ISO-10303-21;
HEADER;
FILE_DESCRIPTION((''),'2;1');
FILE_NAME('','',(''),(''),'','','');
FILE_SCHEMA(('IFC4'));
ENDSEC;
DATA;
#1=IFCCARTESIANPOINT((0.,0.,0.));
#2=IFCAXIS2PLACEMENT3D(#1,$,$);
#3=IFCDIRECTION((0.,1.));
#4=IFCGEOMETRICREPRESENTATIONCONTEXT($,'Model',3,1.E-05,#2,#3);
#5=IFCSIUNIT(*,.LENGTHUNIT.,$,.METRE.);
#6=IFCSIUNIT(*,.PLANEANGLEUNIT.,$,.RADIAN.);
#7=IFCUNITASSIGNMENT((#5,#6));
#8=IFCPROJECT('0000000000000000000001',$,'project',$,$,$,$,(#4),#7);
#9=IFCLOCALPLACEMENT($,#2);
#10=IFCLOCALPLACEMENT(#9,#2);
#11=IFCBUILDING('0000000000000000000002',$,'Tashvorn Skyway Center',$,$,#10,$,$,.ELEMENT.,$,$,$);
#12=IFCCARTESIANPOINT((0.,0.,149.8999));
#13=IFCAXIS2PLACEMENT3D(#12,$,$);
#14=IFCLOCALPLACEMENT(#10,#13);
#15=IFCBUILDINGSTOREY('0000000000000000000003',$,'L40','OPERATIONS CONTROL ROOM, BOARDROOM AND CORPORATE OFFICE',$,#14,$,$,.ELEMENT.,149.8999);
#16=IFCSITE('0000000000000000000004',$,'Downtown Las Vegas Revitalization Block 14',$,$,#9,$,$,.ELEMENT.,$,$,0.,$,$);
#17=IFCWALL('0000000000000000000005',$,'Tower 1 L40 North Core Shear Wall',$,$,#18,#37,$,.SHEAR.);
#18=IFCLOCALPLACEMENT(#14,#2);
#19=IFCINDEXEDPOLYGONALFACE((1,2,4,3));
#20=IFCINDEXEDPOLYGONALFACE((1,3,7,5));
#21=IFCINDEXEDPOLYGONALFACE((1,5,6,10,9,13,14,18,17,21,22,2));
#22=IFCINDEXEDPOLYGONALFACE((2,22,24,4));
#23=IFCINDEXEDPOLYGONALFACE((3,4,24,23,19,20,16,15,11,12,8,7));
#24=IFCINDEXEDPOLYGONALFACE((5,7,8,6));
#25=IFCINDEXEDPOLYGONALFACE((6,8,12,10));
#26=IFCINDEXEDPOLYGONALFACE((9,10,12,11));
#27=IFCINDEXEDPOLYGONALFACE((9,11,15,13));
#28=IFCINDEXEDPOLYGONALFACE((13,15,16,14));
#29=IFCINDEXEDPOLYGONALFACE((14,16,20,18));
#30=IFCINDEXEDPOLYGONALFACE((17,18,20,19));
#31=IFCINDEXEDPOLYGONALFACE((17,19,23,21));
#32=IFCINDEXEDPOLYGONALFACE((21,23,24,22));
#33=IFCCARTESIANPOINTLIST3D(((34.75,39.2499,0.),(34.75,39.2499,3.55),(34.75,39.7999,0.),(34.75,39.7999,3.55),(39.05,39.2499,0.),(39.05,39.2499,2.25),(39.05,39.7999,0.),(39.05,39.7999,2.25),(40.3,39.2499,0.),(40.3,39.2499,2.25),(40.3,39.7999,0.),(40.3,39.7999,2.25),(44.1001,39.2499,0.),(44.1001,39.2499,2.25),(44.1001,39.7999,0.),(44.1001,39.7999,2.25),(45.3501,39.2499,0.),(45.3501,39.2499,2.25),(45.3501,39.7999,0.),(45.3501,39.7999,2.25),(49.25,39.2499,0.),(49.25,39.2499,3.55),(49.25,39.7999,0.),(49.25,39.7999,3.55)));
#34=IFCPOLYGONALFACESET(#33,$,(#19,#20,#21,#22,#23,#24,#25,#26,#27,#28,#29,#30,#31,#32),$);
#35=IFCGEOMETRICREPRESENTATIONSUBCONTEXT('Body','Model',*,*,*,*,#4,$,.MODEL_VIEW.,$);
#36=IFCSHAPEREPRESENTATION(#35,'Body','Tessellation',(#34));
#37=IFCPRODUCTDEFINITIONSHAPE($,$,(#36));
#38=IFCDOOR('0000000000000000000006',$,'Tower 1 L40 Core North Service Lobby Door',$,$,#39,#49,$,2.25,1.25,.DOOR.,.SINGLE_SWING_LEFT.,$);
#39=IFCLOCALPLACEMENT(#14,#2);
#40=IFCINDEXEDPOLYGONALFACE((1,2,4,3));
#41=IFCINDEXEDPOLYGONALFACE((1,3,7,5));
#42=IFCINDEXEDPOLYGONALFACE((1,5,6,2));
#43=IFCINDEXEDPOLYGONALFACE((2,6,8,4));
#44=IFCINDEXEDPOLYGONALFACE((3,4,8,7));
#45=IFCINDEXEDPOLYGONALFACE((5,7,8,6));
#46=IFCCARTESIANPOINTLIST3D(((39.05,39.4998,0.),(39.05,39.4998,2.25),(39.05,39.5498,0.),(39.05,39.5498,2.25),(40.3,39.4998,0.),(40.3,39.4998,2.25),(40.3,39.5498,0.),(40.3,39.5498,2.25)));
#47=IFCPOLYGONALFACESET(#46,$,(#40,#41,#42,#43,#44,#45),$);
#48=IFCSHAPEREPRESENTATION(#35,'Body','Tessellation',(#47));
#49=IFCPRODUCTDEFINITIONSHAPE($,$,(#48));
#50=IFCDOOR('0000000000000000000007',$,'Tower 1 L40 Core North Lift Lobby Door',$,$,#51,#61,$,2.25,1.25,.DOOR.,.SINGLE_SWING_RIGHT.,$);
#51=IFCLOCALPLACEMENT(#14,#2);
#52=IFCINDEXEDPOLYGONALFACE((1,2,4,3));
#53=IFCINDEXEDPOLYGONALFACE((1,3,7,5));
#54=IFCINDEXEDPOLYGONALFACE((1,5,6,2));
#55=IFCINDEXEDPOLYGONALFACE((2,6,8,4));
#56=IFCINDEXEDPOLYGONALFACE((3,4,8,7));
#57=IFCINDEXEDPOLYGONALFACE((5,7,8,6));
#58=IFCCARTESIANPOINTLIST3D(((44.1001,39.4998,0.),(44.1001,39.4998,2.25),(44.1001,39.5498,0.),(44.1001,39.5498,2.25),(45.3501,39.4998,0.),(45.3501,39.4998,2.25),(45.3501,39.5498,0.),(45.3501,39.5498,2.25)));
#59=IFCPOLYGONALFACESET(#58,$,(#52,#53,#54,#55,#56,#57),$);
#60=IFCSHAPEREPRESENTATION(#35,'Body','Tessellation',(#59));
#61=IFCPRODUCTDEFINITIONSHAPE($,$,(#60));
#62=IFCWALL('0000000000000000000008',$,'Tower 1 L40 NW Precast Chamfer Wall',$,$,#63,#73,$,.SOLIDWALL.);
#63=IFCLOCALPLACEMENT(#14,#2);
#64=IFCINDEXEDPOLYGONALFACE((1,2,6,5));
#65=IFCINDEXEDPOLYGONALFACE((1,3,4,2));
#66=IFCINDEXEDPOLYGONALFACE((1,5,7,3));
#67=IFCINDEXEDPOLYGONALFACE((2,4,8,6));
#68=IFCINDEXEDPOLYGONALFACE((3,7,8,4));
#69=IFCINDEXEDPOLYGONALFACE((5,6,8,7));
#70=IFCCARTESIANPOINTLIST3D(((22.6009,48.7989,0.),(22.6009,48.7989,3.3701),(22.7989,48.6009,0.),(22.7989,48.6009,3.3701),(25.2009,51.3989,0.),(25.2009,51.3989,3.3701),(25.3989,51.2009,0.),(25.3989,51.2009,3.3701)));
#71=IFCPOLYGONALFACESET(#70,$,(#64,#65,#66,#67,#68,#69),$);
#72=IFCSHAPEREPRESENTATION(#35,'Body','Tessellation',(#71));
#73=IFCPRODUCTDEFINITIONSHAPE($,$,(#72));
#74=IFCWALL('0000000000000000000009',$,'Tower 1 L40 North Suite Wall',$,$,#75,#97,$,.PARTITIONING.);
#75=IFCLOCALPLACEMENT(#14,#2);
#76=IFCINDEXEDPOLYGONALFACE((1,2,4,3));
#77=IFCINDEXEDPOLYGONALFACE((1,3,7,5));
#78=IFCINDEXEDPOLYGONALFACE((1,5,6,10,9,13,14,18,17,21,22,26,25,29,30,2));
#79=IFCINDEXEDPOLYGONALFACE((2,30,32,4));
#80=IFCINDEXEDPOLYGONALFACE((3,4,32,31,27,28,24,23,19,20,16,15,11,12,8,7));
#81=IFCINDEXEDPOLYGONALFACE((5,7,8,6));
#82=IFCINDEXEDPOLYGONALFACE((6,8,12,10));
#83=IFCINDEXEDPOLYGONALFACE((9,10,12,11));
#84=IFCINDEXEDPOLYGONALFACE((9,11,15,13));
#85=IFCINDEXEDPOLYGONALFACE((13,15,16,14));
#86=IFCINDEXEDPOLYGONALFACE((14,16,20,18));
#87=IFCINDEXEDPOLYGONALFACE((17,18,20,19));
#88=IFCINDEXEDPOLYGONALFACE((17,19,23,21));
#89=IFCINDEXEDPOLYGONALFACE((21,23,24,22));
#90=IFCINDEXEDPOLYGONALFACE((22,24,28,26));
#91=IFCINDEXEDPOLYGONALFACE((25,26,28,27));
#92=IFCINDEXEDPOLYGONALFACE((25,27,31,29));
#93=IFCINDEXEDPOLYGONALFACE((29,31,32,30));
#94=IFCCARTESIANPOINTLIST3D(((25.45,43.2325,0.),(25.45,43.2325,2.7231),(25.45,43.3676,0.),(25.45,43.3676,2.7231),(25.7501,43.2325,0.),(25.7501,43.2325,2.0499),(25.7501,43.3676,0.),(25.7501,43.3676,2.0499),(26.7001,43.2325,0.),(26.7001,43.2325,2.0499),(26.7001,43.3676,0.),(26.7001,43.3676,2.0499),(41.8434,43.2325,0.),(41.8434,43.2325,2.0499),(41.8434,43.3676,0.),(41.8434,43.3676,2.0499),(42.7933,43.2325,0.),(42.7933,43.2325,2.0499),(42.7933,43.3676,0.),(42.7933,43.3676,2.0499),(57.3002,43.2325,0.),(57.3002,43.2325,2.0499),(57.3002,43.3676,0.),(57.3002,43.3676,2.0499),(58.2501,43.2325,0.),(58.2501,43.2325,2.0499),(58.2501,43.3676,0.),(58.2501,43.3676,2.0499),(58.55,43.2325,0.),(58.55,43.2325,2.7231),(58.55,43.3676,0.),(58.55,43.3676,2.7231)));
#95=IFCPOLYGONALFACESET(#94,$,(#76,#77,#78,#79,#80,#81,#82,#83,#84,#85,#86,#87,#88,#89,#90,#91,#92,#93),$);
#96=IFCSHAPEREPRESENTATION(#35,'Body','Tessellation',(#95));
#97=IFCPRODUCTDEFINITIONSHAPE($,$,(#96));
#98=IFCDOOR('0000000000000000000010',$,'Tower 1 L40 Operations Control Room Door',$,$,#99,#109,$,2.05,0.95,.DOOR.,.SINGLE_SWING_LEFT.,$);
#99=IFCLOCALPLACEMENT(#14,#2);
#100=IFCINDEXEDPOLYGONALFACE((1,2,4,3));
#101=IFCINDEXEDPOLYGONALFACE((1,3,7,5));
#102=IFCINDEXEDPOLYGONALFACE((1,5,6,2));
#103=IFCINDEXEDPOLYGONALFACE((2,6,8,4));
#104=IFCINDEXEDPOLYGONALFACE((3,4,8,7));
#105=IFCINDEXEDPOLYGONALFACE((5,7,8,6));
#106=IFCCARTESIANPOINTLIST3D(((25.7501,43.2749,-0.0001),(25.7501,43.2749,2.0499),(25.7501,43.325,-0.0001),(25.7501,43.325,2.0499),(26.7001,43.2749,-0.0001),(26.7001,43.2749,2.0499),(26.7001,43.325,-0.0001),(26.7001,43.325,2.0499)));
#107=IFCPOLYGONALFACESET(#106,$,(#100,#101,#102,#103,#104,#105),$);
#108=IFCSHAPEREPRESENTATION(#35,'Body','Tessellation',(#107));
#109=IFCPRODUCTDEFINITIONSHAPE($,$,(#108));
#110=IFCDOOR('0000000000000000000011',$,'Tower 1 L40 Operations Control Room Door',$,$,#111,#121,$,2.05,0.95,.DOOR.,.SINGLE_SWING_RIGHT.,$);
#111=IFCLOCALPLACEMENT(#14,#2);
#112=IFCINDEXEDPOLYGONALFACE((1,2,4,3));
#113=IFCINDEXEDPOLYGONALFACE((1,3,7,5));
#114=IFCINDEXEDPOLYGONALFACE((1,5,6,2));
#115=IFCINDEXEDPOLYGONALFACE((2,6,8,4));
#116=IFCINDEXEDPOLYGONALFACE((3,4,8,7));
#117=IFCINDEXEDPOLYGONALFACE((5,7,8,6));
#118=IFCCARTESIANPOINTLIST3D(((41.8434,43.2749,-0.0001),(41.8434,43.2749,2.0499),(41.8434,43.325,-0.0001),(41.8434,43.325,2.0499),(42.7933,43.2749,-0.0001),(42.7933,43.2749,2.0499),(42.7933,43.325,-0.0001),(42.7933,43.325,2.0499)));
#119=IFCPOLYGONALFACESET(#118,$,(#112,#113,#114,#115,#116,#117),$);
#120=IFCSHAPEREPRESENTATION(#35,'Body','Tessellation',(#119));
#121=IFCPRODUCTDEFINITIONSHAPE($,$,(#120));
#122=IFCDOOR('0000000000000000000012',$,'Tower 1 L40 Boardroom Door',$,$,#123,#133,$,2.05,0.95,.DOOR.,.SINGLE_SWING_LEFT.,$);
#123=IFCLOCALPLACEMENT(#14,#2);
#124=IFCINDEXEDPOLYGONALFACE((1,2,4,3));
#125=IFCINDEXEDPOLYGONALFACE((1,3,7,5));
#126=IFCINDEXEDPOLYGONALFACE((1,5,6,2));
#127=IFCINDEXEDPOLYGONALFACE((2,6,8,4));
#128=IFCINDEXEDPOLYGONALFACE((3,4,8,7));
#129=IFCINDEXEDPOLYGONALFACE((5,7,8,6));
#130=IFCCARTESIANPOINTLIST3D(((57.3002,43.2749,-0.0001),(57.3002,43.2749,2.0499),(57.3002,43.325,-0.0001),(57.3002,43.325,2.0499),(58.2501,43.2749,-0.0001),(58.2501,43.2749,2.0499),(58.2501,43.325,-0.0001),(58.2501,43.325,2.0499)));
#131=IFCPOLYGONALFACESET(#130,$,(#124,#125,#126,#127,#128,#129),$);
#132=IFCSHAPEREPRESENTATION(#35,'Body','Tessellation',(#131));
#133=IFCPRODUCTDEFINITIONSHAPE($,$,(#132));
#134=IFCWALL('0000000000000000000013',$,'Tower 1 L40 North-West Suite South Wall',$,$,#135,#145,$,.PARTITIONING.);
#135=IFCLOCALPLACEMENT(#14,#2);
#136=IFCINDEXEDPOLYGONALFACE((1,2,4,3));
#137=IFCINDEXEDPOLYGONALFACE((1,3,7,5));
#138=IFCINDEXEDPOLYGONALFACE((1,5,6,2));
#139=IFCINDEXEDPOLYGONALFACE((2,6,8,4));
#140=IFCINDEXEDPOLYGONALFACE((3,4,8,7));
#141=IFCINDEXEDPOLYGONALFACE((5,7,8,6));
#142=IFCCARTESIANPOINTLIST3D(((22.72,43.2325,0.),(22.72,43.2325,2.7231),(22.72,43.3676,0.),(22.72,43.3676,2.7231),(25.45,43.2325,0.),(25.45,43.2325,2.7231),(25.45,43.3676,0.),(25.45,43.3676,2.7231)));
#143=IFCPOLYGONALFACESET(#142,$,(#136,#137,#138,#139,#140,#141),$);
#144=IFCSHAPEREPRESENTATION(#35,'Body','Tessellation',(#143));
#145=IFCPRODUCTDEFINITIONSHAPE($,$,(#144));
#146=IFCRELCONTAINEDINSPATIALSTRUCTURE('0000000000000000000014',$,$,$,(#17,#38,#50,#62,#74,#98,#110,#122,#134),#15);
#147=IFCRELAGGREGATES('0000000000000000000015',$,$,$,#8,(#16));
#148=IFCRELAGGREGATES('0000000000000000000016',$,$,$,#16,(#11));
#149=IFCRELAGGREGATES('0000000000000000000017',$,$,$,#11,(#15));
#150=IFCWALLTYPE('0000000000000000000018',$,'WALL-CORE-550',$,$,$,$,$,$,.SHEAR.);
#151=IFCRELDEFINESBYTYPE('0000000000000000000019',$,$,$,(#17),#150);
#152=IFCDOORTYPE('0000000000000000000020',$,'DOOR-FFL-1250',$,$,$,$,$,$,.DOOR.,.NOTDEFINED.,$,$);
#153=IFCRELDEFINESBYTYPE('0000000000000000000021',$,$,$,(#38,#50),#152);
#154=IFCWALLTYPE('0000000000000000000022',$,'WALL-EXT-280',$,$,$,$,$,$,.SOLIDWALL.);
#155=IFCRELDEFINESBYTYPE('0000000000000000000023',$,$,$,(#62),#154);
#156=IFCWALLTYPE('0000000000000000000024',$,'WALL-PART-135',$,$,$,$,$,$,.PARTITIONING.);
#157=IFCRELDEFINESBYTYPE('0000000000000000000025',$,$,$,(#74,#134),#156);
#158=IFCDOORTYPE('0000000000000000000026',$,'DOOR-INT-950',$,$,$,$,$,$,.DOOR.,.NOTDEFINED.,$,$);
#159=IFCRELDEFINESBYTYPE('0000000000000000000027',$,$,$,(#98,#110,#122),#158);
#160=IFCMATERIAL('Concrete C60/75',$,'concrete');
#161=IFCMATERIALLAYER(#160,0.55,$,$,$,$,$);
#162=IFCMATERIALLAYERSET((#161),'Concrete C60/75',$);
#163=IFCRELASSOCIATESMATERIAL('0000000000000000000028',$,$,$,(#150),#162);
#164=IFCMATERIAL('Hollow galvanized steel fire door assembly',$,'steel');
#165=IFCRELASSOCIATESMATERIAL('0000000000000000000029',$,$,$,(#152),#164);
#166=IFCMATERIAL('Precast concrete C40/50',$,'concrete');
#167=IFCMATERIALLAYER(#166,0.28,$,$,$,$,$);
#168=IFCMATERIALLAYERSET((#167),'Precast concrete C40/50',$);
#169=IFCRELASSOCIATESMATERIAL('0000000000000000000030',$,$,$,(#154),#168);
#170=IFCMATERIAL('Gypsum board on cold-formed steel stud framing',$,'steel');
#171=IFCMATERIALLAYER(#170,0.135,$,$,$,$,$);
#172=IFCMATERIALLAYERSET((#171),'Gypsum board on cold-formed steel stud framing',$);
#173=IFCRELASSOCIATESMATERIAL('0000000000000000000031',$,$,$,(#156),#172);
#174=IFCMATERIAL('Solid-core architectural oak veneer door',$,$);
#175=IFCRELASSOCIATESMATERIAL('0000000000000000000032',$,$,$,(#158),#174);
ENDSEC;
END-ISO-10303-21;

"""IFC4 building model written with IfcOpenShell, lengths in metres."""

from ifc_helpers import new_model, si_unit, direction, frame, frame_2d, origin, place, context, subcontext, project, spatial, rectangle, extrude, material, layer, layer_set, type_object, element, fill, save


model = new_model("IFC4")

# Units and contexts
model_context = context("Model", 3, precision=1e-05, world=origin(), true_north=direction((0.0, 1.0)))
body_context = subcontext(model_context, "Body", "Model", "MODEL_VIEW")
ifc_project = project(units=[si_unit("LENGTHUNIT", "METRE"), si_unit("PLANEANGLEUNIT", "RADIAN")], contexts=[model_context])

# Site, building, storey
site_placement = place(None, origin())
site = spatial("IfcSite", under=ifc_project, at=site_placement, Name="Downtown Las Vegas Revitalization Block 14", CompositionType="ELEMENT", RefElevation=0.0)
building_placement = place(site_placement, origin())
building = spatial("IfcBuilding", under=site, at=building_placement, Name="Tashvorn Skyway Center", CompositionType="ELEMENT")
storey_placement = place(building_placement, frame((0.0, 0.0, 149.8999)))
storey = spatial("IfcBuildingStorey", under=building, at=storey_placement, Name="L40", Description="OPERATIONS CONTROL ROOM, BOARDROOM AND CORPORATE OFFICE", CompositionType="ELEMENT", Elevation=149.8999)

# Wall, openings, doors
ifc_material_1 = material(Name="Concrete C60/75", Category="concrete")
ifc_layer_1 = layer(ifc_material_1, 0.55)
ifc_layer_set_1 = layer_set([ifc_layer_1], Name="Concrete C60/75")
wall_type_1 = type_object("IfcWallType", Name="WALL-CORE-550", PredefinedType="SHEAR", material=ifc_layer_set_1)
wall_1_placement = place(storey_placement, frame((34.75, 39.5249, 0.0), z_axis=(0.0, 0.0, 1.0), x_axis=(1.0, 0.0, 0.0)))
wall_1 = element("IfcWall", 1, at=wall_1_placement, inside=storey, type_object=wall_type_1, Name="Tower 1 L40 North Core Shear Wall", PredefinedType="SHEAR", context=body_context, shape_type="SweptSolid", body=[
    extrude(rectangle(XDim=14.5, YDim=0.55, at=frame_2d((7.25, 0.0))), origin(), (0.0, 0.0, 1.0), 3.55),
])
opening_1_placement = place(wall_1_placement, frame((4.3, 0.0, 0.0)))
opening_1 = element("IfcOpeningElement", 2, at=opening_1_placement, cuts=wall_1, PredefinedType="OPENING", context=body_context, shape_type="SweptSolid", body=[
    extrude(rectangle(XDim=1.25, YDim=2.25, at=frame_2d((0.625, 1.125))), frame((0.0, 0.2849, 0.0), z_axis=(0.0, -1.0, 0.0), x_axis=(1.0, 0.0, 0.0)), (0.0, 0.0, 1.0), 0.5701),
])
opening_2_placement = place(wall_1_placement, frame((9.3501, 0.0, 0.0)))
opening_2 = element("IfcOpeningElement", 3, at=opening_2_placement, cuts=wall_1, PredefinedType="OPENING", context=body_context, shape_type="SweptSolid", body=[
    extrude(rectangle(XDim=1.25, YDim=2.25, at=frame_2d((0.625, 1.125))), frame((0.0, 0.2849, 0.0), z_axis=(0.0, -1.0, 0.0), x_axis=(1.0, 0.0, 0.0)), (0.0, 0.0, 1.0), 0.5701),
])
ifc_material_2 = material(Name="Hollow galvanized steel fire door assembly", Category="steel")
door_type_1 = type_object("IfcDoorType", Name="DOOR-FFL-1250", OperationType="NOTDEFINED", PredefinedType="DOOR", material=ifc_material_2)
door_1_placement = place(opening_1_placement, origin())
door_1 = element("IfcDoor", 4, at=door_1_placement, inside=storey, type_object=door_type_1, Name="Tower 1 L40 Core North Service Lobby Door", OperationType="SINGLE_SWING_LEFT", OverallHeight=2.25, OverallWidth=1.25, PredefinedType="DOOR", context=body_context, shape_type="SweptSolid", body=[
    extrude(rectangle(XDim=1.25, YDim=2.25, at=frame_2d((0.625, 1.125))), frame((0.0, 0.0249, 0.0), z_axis=(0.0, -1.0, 0.0), x_axis=(1.0, 0.0, 0.0)), (0.0, 0.0, 1.0), 0.05),
])
fill(opening_1, door_1)
door_2_placement = place(opening_2_placement, origin())
door_2 = element("IfcDoor", 5, at=door_2_placement, inside=storey, type_object=door_type_1, Name="Tower 1 L40 Core North Lift Lobby Door", OperationType="SINGLE_SWING_RIGHT", OverallHeight=2.25, OverallWidth=1.25, PredefinedType="DOOR", context=body_context, shape_type="SweptSolid", body=[
    extrude(rectangle(XDim=1.25, YDim=2.25, at=frame_2d((0.625, 1.125))), frame((0.0, 0.0249, 0.0), z_axis=(0.0, -1.0, 0.0), x_axis=(1.0, 0.0, 0.0)), (0.0, 0.0, 1.0), 0.05),
])
fill(opening_2, door_2)

# Wall
ifc_material_3 = material(Name="Precast concrete C40/50", Category="concrete")
ifc_layer_2 = layer(ifc_material_3, 0.28)
ifc_layer_set_2 = layer_set([ifc_layer_2], Name="Precast concrete C40/50")
wall_type_2 = type_object("IfcWallType", Name="WALL-EXT-280", PredefinedType="SOLIDWALL", material=ifc_layer_set_2)
wall_2_placement = place(storey_placement, frame((22.7, 48.7, 0.0), z_axis=(0.0, 0.0, 1.0), x_axis=(0.707107, 0.707107, 0.0)))
element("IfcWall", 6, at=wall_2_placement, inside=storey, type_object=wall_type_2, Name="Tower 1 L40 NW Precast Chamfer Wall", PredefinedType="SOLIDWALL", context=body_context, shape_type="SweptSolid", body=[
    extrude(rectangle(XDim=3.677, YDim=0.28, at=frame_2d((1.8384, 0.0))), origin(), (0.0, 0.0, 1.0), 3.3701),
])

# Wall, openings, doors
ifc_material_4 = material(Name="Gypsum board on cold-formed steel stud framing", Category="steel")
ifc_layer_3 = layer(ifc_material_4, 0.135)
ifc_layer_set_3 = layer_set([ifc_layer_3], Name="Gypsum board on cold-formed steel stud framing")
wall_type_3 = type_object("IfcWallType", Name="WALL-PART-135", PredefinedType="PARTITIONING", material=ifc_layer_set_3)
wall_3_placement = place(storey_placement, frame((25.45, 43.3, 0.0), z_axis=(0.0, 0.0, 1.0), x_axis=(1.0, 0.0, 0.0)))
wall_3 = element("IfcWall", 7, at=wall_3_placement, inside=storey, type_object=wall_type_3, Name="Tower 1 L40 North Suite Wall", PredefinedType="PARTITIONING", context=body_context, shape_type="SweptSolid", body=[
    extrude(rectangle(XDim=33.1001, YDim=0.135, at=frame_2d((16.55, 0.0))), origin(), (0.0, 0.0, 1.0), 2.7231),
])
opening_3_placement = place(wall_3_placement, frame((0.3, 0.0, 0.0)))
opening_3 = element("IfcOpeningElement", 8, at=opening_3_placement, cuts=wall_3, PredefinedType="OPENING", context=body_context, shape_type="SweptSolid", body=[
    extrude(rectangle(XDim=0.95, YDim=2.05, at=frame_2d((0.4751, 1.0249))), frame((0.0, 0.0774, 0.0), z_axis=(0.0, -1.0, 0.0), x_axis=(1.0, 0.0, 0.0)), (0.0, 0.0, 1.0), 0.155),
])
opening_4_placement = place(wall_3_placement, frame((16.3933, 0.0, 0.0)))
opening_4 = element("IfcOpeningElement", 9, at=opening_4_placement, cuts=wall_3, PredefinedType="OPENING", context=body_context, shape_type="SweptSolid", body=[
    extrude(rectangle(XDim=0.95, YDim=2.05, at=frame_2d((0.4751, 1.0249))), frame((0.0, 0.0774, 0.0), z_axis=(0.0, -1.0, 0.0), x_axis=(1.0, 0.0, 0.0)), (0.0, 0.0, 1.0), 0.155),
])
opening_5_placement = place(wall_3_placement, frame((31.8501, 0.0, 0.0)))
opening_5 = element("IfcOpeningElement", 10, at=opening_5_placement, cuts=wall_3, PredefinedType="OPENING", context=body_context, shape_type="SweptSolid", body=[
    extrude(rectangle(XDim=0.95, YDim=2.05, at=frame_2d((0.4751, 1.0249))), frame((0.0, 0.0774, 0.0), z_axis=(0.0, -1.0, 0.0), x_axis=(1.0, 0.0, 0.0)), (0.0, 0.0, 1.0), 0.155),
])
ifc_material_5 = material(Name="Solid-core architectural oak veneer door")
door_type_2 = type_object("IfcDoorType", Name="DOOR-INT-950", OperationType="NOTDEFINED", PredefinedType="DOOR", material=ifc_material_5)
door_3_placement = place(opening_3_placement, origin())
door_3 = element("IfcDoor", 11, at=door_3_placement, inside=storey, type_object=door_type_2, Name="Tower 1 L40 Operations Control Room Door", OperationType="SINGLE_SWING_LEFT", OverallHeight=2.05, OverallWidth=0.95, PredefinedType="DOOR", context=body_context, shape_type="SweptSolid", body=[
    extrude(rectangle(XDim=0.95, YDim=2.05, at=frame_2d((0.4751, 1.0249))), frame((0.0, 0.0249, 0.0), z_axis=(0.0, -1.0, 0.0), x_axis=(1.0, 0.0, 0.0)), (0.0, 0.0, 1.0), 0.05),
])
fill(opening_3, door_3)
door_4_placement = place(opening_4_placement, origin())
door_4 = element("IfcDoor", 12, at=door_4_placement, inside=storey, type_object=door_type_2, Name="Tower 1 L40 Operations Control Room Door", OperationType="SINGLE_SWING_RIGHT", OverallHeight=2.05, OverallWidth=0.95, PredefinedType="DOOR", context=body_context, shape_type="SweptSolid", body=[
    extrude(rectangle(XDim=0.95, YDim=2.05, at=frame_2d((0.4751, 1.0249))), frame((0.0, 0.0249, 0.0), z_axis=(0.0, -1.0, 0.0), x_axis=(1.0, 0.0, 0.0)), (0.0, 0.0, 1.0), 0.05),
])
fill(opening_4, door_4)
door_5_placement = place(opening_5_placement, origin())
door_5 = element("IfcDoor", 13, at=door_5_placement, inside=storey, type_object=door_type_2, Name="Tower 1 L40 Boardroom Door", OperationType="SINGLE_SWING_LEFT", OverallHeight=2.05, OverallWidth=0.95, PredefinedType="DOOR", context=body_context, shape_type="SweptSolid", body=[
    extrude(rectangle(XDim=0.95, YDim=2.05, at=frame_2d((0.4751, 1.0249))), frame((0.0, 0.0249, 0.0), z_axis=(0.0, -1.0, 0.0), x_axis=(1.0, 0.0, 0.0)), (0.0, 0.0, 1.0), 0.05),
])
fill(opening_5, door_5)

# Wall
wall_4_placement = place(storey_placement, frame((22.72, 43.3, 0.0), z_axis=(0.0, 0.0, 1.0), x_axis=(1.0, 0.0, 0.0)))
element("IfcWall", 14, at=wall_4_placement, inside=storey, type_object=wall_type_3, Name="Tower 1 L40 North-West Suite South Wall", PredefinedType="PARTITIONING", context=body_context, shape_type="SweptSolid", body=[
    extrude(rectangle(XDim=2.73, YDim=0.135, at=frame_2d((1.365, 0.0))), origin(), (0.0, 0.0, 1.0), 2.7231),
])

save(model, "model.ifc")
